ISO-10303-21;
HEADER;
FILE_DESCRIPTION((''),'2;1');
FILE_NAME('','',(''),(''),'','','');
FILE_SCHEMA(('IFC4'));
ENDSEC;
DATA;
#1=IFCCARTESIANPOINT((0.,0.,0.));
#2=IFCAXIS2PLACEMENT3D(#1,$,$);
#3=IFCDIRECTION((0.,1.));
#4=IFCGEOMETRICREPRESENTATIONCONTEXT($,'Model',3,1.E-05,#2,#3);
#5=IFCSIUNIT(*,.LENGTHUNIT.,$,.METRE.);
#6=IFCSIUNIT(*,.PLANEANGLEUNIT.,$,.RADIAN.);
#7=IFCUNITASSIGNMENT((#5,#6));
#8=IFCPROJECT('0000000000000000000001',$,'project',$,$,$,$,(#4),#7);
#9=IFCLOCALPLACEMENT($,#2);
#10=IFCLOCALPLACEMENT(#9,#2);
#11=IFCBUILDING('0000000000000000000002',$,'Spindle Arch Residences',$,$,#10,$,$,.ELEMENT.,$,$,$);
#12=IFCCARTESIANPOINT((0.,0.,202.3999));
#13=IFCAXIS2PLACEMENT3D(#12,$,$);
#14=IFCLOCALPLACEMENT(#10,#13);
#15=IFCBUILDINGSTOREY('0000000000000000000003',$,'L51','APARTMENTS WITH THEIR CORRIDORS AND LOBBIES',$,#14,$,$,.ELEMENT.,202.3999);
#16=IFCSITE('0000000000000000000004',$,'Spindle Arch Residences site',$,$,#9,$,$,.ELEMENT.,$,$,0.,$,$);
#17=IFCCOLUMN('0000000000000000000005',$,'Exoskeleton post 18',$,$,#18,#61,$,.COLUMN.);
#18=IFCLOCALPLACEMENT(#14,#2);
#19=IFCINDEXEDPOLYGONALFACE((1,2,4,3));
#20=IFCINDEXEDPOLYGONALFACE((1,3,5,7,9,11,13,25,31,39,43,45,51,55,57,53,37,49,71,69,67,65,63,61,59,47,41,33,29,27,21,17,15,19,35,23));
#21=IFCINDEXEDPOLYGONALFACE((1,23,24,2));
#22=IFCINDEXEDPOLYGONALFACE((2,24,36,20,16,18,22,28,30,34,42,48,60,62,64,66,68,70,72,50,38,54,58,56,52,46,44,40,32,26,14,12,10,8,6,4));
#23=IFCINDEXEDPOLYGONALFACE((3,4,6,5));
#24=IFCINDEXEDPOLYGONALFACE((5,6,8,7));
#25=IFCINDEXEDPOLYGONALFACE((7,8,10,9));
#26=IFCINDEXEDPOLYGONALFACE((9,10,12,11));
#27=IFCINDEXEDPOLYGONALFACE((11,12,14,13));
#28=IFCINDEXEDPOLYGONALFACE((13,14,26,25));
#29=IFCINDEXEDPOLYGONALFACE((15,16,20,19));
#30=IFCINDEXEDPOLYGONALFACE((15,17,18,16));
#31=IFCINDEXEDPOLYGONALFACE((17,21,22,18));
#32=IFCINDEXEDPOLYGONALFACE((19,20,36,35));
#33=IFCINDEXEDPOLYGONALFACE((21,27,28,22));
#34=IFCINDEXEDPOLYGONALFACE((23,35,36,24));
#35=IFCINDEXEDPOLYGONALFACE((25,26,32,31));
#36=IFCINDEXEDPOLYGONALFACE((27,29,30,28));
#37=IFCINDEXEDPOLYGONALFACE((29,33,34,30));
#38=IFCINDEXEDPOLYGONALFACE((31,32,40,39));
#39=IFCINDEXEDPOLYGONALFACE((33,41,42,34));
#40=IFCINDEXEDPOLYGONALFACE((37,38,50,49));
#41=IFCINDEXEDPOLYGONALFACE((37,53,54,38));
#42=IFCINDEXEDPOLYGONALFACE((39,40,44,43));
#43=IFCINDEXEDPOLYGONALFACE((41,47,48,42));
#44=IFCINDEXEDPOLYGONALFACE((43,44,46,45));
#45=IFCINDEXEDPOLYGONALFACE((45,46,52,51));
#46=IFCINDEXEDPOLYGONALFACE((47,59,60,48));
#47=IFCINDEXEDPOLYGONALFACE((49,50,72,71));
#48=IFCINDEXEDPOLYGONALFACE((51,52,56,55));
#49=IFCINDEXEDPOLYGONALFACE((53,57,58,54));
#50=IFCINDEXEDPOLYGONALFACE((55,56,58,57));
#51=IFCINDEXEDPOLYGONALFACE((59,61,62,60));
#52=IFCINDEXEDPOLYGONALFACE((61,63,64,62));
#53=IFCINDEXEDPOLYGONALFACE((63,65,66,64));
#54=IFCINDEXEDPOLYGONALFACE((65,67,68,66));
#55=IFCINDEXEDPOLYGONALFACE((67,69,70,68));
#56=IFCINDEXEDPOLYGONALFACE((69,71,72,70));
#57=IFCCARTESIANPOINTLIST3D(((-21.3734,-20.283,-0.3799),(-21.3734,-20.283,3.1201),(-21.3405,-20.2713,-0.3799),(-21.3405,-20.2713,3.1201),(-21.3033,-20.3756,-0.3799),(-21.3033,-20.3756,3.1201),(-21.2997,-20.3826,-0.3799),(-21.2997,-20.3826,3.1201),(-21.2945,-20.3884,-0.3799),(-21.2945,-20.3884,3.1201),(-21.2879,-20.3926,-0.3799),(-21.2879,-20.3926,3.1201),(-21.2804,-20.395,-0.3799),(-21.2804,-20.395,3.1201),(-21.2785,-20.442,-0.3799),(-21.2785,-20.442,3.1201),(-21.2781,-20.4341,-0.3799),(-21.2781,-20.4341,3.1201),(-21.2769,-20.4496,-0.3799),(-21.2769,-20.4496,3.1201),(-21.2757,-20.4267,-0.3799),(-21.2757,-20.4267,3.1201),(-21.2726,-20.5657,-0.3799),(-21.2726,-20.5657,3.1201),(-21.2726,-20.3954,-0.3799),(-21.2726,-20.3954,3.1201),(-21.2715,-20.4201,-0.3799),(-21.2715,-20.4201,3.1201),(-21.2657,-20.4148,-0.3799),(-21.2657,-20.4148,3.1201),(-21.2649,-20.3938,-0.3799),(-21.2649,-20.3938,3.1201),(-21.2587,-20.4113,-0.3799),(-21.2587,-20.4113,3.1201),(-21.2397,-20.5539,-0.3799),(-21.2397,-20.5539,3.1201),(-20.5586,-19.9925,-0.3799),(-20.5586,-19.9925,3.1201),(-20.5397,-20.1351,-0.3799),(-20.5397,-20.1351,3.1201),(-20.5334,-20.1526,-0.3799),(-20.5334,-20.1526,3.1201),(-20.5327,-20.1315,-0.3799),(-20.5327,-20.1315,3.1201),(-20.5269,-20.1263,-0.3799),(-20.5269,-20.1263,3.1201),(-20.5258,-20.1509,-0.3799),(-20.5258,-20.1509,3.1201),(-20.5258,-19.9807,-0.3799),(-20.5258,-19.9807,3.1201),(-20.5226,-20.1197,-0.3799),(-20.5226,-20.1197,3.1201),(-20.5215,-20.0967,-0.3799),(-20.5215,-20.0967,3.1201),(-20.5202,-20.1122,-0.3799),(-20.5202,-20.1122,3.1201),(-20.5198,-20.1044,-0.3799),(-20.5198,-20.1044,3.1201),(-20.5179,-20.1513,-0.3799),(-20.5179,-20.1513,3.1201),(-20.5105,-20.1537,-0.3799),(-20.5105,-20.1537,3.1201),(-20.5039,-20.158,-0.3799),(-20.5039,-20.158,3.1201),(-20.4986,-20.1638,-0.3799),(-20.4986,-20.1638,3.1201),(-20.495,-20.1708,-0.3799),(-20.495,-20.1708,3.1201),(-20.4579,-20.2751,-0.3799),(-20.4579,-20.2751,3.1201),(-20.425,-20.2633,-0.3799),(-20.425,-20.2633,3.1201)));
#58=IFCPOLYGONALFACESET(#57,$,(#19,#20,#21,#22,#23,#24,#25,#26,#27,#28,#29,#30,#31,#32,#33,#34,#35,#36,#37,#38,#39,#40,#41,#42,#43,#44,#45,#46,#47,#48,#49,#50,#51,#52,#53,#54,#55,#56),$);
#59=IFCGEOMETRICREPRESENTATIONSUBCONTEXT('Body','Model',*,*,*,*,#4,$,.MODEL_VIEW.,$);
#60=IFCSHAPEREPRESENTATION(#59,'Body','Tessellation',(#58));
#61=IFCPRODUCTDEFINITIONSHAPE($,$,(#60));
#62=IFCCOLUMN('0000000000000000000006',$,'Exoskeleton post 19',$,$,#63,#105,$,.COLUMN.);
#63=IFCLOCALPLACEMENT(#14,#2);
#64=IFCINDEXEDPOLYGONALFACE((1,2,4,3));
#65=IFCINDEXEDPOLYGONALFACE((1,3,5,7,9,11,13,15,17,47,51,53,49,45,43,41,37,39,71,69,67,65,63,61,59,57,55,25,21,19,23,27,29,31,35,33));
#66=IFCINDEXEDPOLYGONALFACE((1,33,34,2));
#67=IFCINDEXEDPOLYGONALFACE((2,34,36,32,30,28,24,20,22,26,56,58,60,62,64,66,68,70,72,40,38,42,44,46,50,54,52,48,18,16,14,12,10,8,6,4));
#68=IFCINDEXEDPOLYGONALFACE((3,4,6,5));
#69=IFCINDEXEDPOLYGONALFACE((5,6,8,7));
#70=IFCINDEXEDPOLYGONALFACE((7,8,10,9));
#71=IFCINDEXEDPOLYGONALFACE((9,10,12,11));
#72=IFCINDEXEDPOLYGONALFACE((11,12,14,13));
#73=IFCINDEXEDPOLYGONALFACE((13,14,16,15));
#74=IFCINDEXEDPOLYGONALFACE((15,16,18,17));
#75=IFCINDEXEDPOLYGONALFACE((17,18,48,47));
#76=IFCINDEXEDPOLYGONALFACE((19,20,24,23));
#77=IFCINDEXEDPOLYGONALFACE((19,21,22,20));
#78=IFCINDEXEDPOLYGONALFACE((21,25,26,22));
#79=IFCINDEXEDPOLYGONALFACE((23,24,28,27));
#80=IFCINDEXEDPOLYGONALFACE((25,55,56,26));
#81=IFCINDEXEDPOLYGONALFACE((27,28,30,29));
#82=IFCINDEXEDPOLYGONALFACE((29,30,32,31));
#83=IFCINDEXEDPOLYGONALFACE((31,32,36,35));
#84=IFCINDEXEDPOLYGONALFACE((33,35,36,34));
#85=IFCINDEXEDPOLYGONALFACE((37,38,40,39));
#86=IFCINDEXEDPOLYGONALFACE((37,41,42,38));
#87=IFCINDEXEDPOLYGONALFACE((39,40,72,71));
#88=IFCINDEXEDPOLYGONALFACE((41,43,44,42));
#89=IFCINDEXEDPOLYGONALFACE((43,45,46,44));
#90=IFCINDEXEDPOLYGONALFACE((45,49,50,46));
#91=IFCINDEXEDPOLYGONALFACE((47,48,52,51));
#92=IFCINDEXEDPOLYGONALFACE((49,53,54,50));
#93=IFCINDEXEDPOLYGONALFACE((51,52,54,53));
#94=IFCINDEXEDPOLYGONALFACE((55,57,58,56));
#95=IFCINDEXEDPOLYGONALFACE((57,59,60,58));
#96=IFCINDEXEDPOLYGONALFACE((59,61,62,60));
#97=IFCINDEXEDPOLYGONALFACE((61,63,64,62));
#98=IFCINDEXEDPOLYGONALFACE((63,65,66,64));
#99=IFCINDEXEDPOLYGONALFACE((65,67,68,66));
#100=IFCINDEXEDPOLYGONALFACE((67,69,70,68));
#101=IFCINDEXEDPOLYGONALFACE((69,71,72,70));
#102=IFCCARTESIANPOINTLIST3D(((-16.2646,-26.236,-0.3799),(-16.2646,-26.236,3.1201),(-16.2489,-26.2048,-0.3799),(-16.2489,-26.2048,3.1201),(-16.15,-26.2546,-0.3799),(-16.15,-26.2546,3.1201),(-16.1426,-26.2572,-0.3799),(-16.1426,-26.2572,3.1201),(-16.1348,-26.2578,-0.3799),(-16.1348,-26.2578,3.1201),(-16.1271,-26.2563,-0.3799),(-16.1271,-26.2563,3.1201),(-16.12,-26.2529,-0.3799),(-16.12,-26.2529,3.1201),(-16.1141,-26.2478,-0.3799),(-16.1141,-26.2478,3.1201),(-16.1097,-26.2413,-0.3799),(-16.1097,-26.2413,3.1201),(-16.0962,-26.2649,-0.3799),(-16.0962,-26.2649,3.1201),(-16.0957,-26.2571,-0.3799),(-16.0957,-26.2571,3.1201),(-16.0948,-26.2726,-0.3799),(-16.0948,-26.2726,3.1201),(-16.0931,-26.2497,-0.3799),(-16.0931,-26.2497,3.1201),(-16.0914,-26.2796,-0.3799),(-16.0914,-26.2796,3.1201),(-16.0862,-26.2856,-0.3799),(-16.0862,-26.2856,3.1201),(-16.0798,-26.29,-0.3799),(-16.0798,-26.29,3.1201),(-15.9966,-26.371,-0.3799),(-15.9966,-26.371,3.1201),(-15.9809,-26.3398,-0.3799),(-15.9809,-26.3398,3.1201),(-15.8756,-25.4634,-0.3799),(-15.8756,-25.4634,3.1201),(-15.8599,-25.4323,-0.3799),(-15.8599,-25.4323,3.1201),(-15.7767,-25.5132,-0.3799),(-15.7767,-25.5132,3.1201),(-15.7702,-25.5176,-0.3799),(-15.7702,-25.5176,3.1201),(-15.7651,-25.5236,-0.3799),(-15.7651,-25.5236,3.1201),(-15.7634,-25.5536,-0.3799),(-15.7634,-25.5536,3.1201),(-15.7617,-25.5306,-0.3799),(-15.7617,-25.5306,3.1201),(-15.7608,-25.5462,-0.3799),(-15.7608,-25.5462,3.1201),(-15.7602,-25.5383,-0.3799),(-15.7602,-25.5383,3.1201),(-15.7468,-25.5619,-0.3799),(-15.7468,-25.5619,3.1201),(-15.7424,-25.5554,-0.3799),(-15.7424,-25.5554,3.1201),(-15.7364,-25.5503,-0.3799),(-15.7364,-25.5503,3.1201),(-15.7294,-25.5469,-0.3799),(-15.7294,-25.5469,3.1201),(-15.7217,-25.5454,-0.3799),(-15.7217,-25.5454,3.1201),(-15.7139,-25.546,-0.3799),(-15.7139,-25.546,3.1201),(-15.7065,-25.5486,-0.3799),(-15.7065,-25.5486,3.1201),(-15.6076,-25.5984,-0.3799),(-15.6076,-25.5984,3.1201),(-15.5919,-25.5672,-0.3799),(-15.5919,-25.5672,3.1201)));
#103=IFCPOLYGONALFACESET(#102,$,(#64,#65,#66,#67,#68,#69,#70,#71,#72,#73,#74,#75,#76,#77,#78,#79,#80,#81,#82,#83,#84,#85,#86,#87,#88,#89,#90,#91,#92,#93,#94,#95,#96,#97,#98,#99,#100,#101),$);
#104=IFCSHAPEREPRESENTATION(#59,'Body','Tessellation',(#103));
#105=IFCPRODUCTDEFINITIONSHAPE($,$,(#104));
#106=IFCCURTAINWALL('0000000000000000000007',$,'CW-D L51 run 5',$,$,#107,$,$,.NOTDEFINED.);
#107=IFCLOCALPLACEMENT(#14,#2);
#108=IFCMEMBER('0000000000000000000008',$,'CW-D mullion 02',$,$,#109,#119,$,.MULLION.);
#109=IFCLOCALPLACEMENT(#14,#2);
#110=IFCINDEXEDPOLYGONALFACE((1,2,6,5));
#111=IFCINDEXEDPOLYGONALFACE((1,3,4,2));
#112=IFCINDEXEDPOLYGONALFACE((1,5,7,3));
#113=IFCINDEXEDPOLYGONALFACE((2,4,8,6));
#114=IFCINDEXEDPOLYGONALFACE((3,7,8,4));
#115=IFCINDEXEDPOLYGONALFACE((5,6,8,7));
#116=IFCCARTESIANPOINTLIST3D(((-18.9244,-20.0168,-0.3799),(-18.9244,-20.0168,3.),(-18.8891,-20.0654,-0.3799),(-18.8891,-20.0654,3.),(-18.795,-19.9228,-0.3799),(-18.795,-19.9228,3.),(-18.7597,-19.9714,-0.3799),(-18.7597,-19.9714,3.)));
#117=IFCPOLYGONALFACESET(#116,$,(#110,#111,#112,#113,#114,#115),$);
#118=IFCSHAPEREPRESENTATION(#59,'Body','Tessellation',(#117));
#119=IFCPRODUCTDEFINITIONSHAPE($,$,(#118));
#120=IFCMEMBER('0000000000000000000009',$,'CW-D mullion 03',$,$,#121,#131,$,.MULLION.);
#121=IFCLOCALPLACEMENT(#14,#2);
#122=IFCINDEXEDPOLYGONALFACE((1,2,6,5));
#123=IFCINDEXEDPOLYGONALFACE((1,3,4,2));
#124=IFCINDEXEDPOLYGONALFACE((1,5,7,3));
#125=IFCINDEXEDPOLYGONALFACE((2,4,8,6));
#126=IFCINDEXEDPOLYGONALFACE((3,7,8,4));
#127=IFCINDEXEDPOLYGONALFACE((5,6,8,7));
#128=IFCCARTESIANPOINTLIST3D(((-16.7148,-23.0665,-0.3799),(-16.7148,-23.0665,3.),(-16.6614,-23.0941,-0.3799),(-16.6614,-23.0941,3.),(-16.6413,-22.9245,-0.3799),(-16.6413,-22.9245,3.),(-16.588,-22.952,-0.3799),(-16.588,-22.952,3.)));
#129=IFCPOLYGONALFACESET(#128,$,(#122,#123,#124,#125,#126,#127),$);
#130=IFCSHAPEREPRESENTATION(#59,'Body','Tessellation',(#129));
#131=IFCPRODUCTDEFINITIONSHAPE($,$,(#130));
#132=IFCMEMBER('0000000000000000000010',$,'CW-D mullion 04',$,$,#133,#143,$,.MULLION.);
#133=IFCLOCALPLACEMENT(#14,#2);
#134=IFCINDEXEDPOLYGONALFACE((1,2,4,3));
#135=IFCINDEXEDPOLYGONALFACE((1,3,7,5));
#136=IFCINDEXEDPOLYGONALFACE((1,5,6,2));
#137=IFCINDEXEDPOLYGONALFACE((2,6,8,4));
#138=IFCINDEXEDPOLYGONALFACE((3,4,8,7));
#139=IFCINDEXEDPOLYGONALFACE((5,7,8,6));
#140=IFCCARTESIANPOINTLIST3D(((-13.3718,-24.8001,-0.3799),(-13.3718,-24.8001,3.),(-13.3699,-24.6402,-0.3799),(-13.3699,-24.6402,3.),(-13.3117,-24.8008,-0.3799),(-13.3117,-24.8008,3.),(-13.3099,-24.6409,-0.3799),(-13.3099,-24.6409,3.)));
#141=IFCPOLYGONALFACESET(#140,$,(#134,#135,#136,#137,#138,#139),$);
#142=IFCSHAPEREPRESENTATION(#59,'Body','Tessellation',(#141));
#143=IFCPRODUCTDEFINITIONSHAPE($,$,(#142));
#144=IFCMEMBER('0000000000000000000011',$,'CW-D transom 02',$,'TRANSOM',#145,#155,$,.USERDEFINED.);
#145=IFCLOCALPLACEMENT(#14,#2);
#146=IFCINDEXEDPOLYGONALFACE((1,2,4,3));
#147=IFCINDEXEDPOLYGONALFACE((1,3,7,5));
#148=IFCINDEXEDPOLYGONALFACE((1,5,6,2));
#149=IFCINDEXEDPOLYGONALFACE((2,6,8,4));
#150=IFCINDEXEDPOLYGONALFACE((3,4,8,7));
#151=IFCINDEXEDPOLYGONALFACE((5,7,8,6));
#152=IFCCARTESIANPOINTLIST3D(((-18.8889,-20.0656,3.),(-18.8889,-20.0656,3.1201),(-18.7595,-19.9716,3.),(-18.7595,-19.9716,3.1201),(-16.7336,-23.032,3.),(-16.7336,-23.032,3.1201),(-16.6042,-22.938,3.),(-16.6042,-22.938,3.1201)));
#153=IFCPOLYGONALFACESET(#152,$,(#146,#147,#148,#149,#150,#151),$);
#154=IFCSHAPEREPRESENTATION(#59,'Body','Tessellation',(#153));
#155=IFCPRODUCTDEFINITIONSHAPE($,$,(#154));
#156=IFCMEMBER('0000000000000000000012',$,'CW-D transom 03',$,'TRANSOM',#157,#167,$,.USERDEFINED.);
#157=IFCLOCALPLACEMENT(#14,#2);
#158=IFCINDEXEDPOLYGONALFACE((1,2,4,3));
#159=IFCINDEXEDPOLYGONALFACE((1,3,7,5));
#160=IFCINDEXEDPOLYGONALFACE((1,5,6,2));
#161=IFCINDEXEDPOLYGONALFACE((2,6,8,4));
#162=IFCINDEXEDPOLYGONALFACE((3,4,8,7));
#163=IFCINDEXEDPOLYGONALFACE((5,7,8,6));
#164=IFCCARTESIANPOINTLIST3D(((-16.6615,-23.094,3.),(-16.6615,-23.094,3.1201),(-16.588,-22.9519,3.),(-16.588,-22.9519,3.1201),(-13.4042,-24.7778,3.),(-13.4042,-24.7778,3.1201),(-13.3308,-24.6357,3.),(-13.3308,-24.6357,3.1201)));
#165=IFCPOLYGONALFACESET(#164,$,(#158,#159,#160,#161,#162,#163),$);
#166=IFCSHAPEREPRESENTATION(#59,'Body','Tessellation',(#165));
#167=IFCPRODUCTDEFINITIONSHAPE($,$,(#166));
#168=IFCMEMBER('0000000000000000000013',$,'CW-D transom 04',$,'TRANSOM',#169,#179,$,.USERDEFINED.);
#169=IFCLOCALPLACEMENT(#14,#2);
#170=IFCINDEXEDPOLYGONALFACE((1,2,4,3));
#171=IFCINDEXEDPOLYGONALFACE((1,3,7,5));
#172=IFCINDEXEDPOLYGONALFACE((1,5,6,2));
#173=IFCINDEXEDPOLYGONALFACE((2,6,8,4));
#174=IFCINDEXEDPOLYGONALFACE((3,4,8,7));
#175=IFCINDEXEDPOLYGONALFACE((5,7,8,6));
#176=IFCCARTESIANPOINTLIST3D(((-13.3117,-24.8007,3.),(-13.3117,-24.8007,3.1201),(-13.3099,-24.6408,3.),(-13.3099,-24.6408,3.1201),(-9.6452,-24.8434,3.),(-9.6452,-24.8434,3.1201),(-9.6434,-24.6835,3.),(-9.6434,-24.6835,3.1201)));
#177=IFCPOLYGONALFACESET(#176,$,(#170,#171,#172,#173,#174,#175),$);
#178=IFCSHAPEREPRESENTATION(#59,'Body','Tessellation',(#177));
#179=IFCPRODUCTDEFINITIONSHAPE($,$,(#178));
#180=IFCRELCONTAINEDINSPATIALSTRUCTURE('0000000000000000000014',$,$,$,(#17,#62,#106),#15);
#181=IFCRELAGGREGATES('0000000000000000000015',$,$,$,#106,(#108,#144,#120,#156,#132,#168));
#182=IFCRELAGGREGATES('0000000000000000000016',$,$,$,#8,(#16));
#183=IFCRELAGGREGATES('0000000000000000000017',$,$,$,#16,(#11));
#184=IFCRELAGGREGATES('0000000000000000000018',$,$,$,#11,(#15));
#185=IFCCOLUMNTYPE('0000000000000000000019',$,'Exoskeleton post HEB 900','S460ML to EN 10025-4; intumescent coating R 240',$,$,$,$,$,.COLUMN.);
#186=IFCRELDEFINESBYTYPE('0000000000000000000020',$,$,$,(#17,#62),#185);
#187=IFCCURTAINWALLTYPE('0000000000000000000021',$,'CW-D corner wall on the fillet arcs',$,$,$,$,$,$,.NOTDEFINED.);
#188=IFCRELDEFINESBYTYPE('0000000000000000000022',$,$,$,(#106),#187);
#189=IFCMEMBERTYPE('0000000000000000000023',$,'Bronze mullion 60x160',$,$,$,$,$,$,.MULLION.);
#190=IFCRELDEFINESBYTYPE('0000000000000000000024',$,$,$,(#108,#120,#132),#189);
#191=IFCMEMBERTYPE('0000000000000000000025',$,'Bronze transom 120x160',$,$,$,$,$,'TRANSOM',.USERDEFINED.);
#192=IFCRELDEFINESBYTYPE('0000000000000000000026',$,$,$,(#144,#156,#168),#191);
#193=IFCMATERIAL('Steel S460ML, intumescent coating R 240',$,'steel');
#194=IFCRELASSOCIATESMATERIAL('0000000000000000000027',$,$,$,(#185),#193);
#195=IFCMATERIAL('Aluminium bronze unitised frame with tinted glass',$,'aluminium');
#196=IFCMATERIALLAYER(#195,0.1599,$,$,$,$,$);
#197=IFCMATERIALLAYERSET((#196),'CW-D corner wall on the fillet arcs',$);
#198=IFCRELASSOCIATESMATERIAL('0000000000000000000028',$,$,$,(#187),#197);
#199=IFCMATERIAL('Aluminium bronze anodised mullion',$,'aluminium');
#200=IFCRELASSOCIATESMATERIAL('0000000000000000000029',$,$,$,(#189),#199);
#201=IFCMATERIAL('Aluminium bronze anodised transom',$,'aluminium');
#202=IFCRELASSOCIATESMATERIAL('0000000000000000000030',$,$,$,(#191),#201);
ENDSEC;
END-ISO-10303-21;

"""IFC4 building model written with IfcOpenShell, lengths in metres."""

from ifc_helpers import new_model, si_unit, direction, frame, origin, origin_2d, place, context, subcontext, project, spatial, rectangle, i_section, extrude, material, layer, layer_set, material_profile, profile_set, type_object, element, aggregate, save


model = new_model("IFC4")

# Units and contexts
model_context = context("Model", 3, precision=1e-05, world=origin(), true_north=direction((0.0, 1.0)))
body_context = subcontext(model_context, "Body", "Model", "MODEL_VIEW")
ifc_project = project(units=[si_unit("LENGTHUNIT", "METRE"), si_unit("PLANEANGLEUNIT", "RADIAN")], contexts=[model_context])

# Site, building, storey
site_placement = place(None, origin())
site = spatial("IfcSite", under=ifc_project, at=site_placement, Name="Spindle Arch Residences site", CompositionType="ELEMENT", RefElevation=0.0)
building_placement = place(site_placement, origin())
building = spatial("IfcBuilding", under=site, at=building_placement, Name="Spindle Arch Residences", CompositionType="ELEMENT")
storey_placement = place(building_placement, frame((0.0, 0.0, 202.3999)))
storey = spatial("IfcBuildingStorey", under=building, at=storey_placement, Name="L51", Description="APARTMENTS WITH THEIR CORRIDORS AND LOBBIES", CompositionType="ELEMENT", Elevation=202.3999)

# Columns
ifc_material_1 = material(Name="Steel S460ML, intumescent coating R 240", Category="steel")
ifc_material_profile_1 = material_profile(ifc_material_1, i_section(OverallWidth=0.3, OverallDepth=0.8999, WebThickness=0.0186, FlangeThickness=0.0349, FilletRadius=0.03, at=origin_2d()), Name="HEB 900")
ifc_profile_set_1 = profile_set([ifc_material_profile_1], Name="Steel S460ML, intumescent coating R 240")
column_type = type_object("IfcColumnType", Name="Exoskeleton post HEB 900", Description="S460ML to EN 10025-4; intumescent coating R 240", PredefinedType="COLUMN", material=ifc_profile_set_1)
for number, where, z_axis, x_axis, name in (
    (1, (-20.8992, -20.2732, -0.3799), (0.0, 0.0, 1.0), (-0.335927, 0.941888, 0.0), "Exoskeleton post 18"),
    (2, (-15.9282, -25.9016, -0.3799), (0.0, 0.0, 1.0), (-0.893169, 0.449721, 0.0), "Exoskeleton post 19"),
):
    element("IfcColumn", number, at=place(storey_placement, frame(where, z_axis=z_axis, x_axis=x_axis)), inside=storey, type_object=column_type, Name=name, PredefinedType="COLUMN", context=body_context, shape_type="SweptSolid", body=[
        extrude(i_section(OverallWidth=0.3, OverallDepth=0.8999, WebThickness=0.0186, FlangeThickness=0.0349, FilletRadius=0.03, at=origin_2d()), origin(), (0.0, 0.0, 1.0), 3.5),
    ])

# Curtain wall, members
ifc_material_2 = material(Name="Aluminium bronze unitised frame with tinted glass", Category="aluminium")
ifc_layer_1 = layer(ifc_material_2, 0.1599)
ifc_layer_set_1 = layer_set([ifc_layer_1], Name="CW-D corner wall on the fillet arcs")
curtain_wall_type = type_object("IfcCurtainWallType", Name="CW-D corner wall on the fillet arcs", PredefinedType="NOTDEFINED", material=ifc_layer_set_1)
curtain_wall_placement = place(storey_placement, origin())
curtain_wall = element("IfcCurtainWall", 3, at=curtain_wall_placement, inside=storey, type_object=curtain_wall_type, Name="CW-D L51 run 5", PredefinedType="NOTDEFINED")
ifc_material_3 = material(Name="Aluminium bronze anodised mullion", Category="aluminium")
ifc_material_profile_2 = material_profile(ifc_material_3, rectangle(XDim=0.1599, YDim=0.0601, at=origin_2d()), Name="MU 60x160")
ifc_profile_set_2 = profile_set([ifc_material_profile_2], Name="Aluminium bronze anodised mullion")
member_type_1 = type_object("IfcMemberType", Name="Bronze mullion 60x160", PredefinedType="MULLION", material=ifc_profile_set_2)
member_1_placement = place(storey_placement, frame((-18.842, -19.9941, -0.3799), z_axis=(0.0, 0.0, 1.0), x_axis=(0.809017, 0.587785, 0.0)))
member_1 = element("IfcMember", 4, at=member_1_placement, type_object=member_type_1, Name="CW-D mullion 02", PredefinedType="MULLION", context=body_context, shape_type="SweptSolid", body=[
    extrude(rectangle(XDim=0.1599, YDim=0.0601, at=origin_2d()), origin(), (0.0, 0.0, 1.0), 3.3799),
])
member_2_placement = place(storey_placement, frame((-16.6514, -23.0093, -0.3799), z_axis=(0.0, 0.0, 1.0), x_axis=(0.459166, 0.88835, 0.0)))
member_2 = element("IfcMember", 5, at=member_2_placement, type_object=member_type_1, Name="CW-D mullion 03", PredefinedType="MULLION", context=body_context, shape_type="SweptSolid", body=[
    extrude(rectangle(XDim=0.1599, YDim=0.0601, at=origin_2d()), origin(), (0.0, 0.0, 1.0), 3.3799),
])
member_3_placement = place(storey_placement, frame((-13.3408, -24.7205, -0.3799), z_axis=(0.0, 0.0, 1.0), x_axis=(0.011635, 0.999932, 0.0)))
member_3 = element("IfcMember", 6, at=member_3_placement, type_object=member_type_1, Name="CW-D mullion 04", PredefinedType="MULLION", context=body_context, shape_type="SweptSolid", body=[
    extrude(rectangle(XDim=0.1599, YDim=0.0601, at=origin_2d()), origin(), (0.0, 0.0, 1.0), 3.3799),
])
ifc_material_4 = material(Name="Aluminium bronze anodised transom", Category="aluminium")
ifc_material_profile_3 = material_profile(ifc_material_4, rectangle(XDim=0.1599, YDim=0.1201, at=origin_2d()), Name="TR 120x160")
ifc_profile_set_3 = profile_set([ifc_material_profile_3], Name="Aluminium bronze anodised transom")
member_type_2 = type_object("IfcMemberType", Name="Bronze transom 120x160", ElementType="TRANSOM", PredefinedType="USERDEFINED", material=ifc_profile_set_3)
member_4_placement = place(storey_placement, frame((-18.8242, -20.0186, 3.0601), z_axis=(0.587807, -0.809001, 0.0), x_axis=(0.809001, 0.587807, 0.0)))
member_4 = element("IfcMember", 7, at=member_4_placement, type_object=member_type_2, Name="CW-D transom 02", ObjectType="TRANSOM", PredefinedType="USERDEFINED", context=body_context, shape_type="SweptSolid", body=[
    extrude(rectangle(XDim=0.1599, YDim=0.1201, at=origin_2d()), origin(), (0.0, 0.0, 1.0), 3.6667),
])
member_5_placement = place(storey_placement, frame((-16.6248, -23.0229, 3.0601), z_axis=(0.888327, -0.459211, 0.0), x_axis=(0.459211, 0.888327, 0.0)))
member_5 = element("IfcMember", 8, at=member_5_placement, type_object=member_type_2, Name="CW-D transom 03", ObjectType="TRANSOM", PredefinedType="USERDEFINED", context=body_context, shape_type="SweptSolid", body=[
    extrude(rectangle(XDim=0.1599, YDim=0.1201, at=origin_2d()), origin(), (0.0, 0.0, 1.0), 3.6667),
])
member_6_placement = place(storey_placement, frame((-13.3108, -24.7207, 3.0601), z_axis=(0.999932, -0.011652, 0.0), x_axis=(0.011652, 0.999932, 0.0)))
member_6 = element("IfcMember", 9, at=member_6_placement, type_object=member_type_2, Name="CW-D transom 04", ObjectType="TRANSOM", PredefinedType="USERDEFINED", context=body_context, shape_type="SweptSolid", body=[
    extrude(rectangle(XDim=0.1599, YDim=0.1201, at=origin_2d()), origin(), (0.0, 0.0, 1.0), 3.6667),
])

aggregate(curtain_wall, [member_1, member_4, member_2, member_5, member_3, member_6])

save(model, "model.ifc")
